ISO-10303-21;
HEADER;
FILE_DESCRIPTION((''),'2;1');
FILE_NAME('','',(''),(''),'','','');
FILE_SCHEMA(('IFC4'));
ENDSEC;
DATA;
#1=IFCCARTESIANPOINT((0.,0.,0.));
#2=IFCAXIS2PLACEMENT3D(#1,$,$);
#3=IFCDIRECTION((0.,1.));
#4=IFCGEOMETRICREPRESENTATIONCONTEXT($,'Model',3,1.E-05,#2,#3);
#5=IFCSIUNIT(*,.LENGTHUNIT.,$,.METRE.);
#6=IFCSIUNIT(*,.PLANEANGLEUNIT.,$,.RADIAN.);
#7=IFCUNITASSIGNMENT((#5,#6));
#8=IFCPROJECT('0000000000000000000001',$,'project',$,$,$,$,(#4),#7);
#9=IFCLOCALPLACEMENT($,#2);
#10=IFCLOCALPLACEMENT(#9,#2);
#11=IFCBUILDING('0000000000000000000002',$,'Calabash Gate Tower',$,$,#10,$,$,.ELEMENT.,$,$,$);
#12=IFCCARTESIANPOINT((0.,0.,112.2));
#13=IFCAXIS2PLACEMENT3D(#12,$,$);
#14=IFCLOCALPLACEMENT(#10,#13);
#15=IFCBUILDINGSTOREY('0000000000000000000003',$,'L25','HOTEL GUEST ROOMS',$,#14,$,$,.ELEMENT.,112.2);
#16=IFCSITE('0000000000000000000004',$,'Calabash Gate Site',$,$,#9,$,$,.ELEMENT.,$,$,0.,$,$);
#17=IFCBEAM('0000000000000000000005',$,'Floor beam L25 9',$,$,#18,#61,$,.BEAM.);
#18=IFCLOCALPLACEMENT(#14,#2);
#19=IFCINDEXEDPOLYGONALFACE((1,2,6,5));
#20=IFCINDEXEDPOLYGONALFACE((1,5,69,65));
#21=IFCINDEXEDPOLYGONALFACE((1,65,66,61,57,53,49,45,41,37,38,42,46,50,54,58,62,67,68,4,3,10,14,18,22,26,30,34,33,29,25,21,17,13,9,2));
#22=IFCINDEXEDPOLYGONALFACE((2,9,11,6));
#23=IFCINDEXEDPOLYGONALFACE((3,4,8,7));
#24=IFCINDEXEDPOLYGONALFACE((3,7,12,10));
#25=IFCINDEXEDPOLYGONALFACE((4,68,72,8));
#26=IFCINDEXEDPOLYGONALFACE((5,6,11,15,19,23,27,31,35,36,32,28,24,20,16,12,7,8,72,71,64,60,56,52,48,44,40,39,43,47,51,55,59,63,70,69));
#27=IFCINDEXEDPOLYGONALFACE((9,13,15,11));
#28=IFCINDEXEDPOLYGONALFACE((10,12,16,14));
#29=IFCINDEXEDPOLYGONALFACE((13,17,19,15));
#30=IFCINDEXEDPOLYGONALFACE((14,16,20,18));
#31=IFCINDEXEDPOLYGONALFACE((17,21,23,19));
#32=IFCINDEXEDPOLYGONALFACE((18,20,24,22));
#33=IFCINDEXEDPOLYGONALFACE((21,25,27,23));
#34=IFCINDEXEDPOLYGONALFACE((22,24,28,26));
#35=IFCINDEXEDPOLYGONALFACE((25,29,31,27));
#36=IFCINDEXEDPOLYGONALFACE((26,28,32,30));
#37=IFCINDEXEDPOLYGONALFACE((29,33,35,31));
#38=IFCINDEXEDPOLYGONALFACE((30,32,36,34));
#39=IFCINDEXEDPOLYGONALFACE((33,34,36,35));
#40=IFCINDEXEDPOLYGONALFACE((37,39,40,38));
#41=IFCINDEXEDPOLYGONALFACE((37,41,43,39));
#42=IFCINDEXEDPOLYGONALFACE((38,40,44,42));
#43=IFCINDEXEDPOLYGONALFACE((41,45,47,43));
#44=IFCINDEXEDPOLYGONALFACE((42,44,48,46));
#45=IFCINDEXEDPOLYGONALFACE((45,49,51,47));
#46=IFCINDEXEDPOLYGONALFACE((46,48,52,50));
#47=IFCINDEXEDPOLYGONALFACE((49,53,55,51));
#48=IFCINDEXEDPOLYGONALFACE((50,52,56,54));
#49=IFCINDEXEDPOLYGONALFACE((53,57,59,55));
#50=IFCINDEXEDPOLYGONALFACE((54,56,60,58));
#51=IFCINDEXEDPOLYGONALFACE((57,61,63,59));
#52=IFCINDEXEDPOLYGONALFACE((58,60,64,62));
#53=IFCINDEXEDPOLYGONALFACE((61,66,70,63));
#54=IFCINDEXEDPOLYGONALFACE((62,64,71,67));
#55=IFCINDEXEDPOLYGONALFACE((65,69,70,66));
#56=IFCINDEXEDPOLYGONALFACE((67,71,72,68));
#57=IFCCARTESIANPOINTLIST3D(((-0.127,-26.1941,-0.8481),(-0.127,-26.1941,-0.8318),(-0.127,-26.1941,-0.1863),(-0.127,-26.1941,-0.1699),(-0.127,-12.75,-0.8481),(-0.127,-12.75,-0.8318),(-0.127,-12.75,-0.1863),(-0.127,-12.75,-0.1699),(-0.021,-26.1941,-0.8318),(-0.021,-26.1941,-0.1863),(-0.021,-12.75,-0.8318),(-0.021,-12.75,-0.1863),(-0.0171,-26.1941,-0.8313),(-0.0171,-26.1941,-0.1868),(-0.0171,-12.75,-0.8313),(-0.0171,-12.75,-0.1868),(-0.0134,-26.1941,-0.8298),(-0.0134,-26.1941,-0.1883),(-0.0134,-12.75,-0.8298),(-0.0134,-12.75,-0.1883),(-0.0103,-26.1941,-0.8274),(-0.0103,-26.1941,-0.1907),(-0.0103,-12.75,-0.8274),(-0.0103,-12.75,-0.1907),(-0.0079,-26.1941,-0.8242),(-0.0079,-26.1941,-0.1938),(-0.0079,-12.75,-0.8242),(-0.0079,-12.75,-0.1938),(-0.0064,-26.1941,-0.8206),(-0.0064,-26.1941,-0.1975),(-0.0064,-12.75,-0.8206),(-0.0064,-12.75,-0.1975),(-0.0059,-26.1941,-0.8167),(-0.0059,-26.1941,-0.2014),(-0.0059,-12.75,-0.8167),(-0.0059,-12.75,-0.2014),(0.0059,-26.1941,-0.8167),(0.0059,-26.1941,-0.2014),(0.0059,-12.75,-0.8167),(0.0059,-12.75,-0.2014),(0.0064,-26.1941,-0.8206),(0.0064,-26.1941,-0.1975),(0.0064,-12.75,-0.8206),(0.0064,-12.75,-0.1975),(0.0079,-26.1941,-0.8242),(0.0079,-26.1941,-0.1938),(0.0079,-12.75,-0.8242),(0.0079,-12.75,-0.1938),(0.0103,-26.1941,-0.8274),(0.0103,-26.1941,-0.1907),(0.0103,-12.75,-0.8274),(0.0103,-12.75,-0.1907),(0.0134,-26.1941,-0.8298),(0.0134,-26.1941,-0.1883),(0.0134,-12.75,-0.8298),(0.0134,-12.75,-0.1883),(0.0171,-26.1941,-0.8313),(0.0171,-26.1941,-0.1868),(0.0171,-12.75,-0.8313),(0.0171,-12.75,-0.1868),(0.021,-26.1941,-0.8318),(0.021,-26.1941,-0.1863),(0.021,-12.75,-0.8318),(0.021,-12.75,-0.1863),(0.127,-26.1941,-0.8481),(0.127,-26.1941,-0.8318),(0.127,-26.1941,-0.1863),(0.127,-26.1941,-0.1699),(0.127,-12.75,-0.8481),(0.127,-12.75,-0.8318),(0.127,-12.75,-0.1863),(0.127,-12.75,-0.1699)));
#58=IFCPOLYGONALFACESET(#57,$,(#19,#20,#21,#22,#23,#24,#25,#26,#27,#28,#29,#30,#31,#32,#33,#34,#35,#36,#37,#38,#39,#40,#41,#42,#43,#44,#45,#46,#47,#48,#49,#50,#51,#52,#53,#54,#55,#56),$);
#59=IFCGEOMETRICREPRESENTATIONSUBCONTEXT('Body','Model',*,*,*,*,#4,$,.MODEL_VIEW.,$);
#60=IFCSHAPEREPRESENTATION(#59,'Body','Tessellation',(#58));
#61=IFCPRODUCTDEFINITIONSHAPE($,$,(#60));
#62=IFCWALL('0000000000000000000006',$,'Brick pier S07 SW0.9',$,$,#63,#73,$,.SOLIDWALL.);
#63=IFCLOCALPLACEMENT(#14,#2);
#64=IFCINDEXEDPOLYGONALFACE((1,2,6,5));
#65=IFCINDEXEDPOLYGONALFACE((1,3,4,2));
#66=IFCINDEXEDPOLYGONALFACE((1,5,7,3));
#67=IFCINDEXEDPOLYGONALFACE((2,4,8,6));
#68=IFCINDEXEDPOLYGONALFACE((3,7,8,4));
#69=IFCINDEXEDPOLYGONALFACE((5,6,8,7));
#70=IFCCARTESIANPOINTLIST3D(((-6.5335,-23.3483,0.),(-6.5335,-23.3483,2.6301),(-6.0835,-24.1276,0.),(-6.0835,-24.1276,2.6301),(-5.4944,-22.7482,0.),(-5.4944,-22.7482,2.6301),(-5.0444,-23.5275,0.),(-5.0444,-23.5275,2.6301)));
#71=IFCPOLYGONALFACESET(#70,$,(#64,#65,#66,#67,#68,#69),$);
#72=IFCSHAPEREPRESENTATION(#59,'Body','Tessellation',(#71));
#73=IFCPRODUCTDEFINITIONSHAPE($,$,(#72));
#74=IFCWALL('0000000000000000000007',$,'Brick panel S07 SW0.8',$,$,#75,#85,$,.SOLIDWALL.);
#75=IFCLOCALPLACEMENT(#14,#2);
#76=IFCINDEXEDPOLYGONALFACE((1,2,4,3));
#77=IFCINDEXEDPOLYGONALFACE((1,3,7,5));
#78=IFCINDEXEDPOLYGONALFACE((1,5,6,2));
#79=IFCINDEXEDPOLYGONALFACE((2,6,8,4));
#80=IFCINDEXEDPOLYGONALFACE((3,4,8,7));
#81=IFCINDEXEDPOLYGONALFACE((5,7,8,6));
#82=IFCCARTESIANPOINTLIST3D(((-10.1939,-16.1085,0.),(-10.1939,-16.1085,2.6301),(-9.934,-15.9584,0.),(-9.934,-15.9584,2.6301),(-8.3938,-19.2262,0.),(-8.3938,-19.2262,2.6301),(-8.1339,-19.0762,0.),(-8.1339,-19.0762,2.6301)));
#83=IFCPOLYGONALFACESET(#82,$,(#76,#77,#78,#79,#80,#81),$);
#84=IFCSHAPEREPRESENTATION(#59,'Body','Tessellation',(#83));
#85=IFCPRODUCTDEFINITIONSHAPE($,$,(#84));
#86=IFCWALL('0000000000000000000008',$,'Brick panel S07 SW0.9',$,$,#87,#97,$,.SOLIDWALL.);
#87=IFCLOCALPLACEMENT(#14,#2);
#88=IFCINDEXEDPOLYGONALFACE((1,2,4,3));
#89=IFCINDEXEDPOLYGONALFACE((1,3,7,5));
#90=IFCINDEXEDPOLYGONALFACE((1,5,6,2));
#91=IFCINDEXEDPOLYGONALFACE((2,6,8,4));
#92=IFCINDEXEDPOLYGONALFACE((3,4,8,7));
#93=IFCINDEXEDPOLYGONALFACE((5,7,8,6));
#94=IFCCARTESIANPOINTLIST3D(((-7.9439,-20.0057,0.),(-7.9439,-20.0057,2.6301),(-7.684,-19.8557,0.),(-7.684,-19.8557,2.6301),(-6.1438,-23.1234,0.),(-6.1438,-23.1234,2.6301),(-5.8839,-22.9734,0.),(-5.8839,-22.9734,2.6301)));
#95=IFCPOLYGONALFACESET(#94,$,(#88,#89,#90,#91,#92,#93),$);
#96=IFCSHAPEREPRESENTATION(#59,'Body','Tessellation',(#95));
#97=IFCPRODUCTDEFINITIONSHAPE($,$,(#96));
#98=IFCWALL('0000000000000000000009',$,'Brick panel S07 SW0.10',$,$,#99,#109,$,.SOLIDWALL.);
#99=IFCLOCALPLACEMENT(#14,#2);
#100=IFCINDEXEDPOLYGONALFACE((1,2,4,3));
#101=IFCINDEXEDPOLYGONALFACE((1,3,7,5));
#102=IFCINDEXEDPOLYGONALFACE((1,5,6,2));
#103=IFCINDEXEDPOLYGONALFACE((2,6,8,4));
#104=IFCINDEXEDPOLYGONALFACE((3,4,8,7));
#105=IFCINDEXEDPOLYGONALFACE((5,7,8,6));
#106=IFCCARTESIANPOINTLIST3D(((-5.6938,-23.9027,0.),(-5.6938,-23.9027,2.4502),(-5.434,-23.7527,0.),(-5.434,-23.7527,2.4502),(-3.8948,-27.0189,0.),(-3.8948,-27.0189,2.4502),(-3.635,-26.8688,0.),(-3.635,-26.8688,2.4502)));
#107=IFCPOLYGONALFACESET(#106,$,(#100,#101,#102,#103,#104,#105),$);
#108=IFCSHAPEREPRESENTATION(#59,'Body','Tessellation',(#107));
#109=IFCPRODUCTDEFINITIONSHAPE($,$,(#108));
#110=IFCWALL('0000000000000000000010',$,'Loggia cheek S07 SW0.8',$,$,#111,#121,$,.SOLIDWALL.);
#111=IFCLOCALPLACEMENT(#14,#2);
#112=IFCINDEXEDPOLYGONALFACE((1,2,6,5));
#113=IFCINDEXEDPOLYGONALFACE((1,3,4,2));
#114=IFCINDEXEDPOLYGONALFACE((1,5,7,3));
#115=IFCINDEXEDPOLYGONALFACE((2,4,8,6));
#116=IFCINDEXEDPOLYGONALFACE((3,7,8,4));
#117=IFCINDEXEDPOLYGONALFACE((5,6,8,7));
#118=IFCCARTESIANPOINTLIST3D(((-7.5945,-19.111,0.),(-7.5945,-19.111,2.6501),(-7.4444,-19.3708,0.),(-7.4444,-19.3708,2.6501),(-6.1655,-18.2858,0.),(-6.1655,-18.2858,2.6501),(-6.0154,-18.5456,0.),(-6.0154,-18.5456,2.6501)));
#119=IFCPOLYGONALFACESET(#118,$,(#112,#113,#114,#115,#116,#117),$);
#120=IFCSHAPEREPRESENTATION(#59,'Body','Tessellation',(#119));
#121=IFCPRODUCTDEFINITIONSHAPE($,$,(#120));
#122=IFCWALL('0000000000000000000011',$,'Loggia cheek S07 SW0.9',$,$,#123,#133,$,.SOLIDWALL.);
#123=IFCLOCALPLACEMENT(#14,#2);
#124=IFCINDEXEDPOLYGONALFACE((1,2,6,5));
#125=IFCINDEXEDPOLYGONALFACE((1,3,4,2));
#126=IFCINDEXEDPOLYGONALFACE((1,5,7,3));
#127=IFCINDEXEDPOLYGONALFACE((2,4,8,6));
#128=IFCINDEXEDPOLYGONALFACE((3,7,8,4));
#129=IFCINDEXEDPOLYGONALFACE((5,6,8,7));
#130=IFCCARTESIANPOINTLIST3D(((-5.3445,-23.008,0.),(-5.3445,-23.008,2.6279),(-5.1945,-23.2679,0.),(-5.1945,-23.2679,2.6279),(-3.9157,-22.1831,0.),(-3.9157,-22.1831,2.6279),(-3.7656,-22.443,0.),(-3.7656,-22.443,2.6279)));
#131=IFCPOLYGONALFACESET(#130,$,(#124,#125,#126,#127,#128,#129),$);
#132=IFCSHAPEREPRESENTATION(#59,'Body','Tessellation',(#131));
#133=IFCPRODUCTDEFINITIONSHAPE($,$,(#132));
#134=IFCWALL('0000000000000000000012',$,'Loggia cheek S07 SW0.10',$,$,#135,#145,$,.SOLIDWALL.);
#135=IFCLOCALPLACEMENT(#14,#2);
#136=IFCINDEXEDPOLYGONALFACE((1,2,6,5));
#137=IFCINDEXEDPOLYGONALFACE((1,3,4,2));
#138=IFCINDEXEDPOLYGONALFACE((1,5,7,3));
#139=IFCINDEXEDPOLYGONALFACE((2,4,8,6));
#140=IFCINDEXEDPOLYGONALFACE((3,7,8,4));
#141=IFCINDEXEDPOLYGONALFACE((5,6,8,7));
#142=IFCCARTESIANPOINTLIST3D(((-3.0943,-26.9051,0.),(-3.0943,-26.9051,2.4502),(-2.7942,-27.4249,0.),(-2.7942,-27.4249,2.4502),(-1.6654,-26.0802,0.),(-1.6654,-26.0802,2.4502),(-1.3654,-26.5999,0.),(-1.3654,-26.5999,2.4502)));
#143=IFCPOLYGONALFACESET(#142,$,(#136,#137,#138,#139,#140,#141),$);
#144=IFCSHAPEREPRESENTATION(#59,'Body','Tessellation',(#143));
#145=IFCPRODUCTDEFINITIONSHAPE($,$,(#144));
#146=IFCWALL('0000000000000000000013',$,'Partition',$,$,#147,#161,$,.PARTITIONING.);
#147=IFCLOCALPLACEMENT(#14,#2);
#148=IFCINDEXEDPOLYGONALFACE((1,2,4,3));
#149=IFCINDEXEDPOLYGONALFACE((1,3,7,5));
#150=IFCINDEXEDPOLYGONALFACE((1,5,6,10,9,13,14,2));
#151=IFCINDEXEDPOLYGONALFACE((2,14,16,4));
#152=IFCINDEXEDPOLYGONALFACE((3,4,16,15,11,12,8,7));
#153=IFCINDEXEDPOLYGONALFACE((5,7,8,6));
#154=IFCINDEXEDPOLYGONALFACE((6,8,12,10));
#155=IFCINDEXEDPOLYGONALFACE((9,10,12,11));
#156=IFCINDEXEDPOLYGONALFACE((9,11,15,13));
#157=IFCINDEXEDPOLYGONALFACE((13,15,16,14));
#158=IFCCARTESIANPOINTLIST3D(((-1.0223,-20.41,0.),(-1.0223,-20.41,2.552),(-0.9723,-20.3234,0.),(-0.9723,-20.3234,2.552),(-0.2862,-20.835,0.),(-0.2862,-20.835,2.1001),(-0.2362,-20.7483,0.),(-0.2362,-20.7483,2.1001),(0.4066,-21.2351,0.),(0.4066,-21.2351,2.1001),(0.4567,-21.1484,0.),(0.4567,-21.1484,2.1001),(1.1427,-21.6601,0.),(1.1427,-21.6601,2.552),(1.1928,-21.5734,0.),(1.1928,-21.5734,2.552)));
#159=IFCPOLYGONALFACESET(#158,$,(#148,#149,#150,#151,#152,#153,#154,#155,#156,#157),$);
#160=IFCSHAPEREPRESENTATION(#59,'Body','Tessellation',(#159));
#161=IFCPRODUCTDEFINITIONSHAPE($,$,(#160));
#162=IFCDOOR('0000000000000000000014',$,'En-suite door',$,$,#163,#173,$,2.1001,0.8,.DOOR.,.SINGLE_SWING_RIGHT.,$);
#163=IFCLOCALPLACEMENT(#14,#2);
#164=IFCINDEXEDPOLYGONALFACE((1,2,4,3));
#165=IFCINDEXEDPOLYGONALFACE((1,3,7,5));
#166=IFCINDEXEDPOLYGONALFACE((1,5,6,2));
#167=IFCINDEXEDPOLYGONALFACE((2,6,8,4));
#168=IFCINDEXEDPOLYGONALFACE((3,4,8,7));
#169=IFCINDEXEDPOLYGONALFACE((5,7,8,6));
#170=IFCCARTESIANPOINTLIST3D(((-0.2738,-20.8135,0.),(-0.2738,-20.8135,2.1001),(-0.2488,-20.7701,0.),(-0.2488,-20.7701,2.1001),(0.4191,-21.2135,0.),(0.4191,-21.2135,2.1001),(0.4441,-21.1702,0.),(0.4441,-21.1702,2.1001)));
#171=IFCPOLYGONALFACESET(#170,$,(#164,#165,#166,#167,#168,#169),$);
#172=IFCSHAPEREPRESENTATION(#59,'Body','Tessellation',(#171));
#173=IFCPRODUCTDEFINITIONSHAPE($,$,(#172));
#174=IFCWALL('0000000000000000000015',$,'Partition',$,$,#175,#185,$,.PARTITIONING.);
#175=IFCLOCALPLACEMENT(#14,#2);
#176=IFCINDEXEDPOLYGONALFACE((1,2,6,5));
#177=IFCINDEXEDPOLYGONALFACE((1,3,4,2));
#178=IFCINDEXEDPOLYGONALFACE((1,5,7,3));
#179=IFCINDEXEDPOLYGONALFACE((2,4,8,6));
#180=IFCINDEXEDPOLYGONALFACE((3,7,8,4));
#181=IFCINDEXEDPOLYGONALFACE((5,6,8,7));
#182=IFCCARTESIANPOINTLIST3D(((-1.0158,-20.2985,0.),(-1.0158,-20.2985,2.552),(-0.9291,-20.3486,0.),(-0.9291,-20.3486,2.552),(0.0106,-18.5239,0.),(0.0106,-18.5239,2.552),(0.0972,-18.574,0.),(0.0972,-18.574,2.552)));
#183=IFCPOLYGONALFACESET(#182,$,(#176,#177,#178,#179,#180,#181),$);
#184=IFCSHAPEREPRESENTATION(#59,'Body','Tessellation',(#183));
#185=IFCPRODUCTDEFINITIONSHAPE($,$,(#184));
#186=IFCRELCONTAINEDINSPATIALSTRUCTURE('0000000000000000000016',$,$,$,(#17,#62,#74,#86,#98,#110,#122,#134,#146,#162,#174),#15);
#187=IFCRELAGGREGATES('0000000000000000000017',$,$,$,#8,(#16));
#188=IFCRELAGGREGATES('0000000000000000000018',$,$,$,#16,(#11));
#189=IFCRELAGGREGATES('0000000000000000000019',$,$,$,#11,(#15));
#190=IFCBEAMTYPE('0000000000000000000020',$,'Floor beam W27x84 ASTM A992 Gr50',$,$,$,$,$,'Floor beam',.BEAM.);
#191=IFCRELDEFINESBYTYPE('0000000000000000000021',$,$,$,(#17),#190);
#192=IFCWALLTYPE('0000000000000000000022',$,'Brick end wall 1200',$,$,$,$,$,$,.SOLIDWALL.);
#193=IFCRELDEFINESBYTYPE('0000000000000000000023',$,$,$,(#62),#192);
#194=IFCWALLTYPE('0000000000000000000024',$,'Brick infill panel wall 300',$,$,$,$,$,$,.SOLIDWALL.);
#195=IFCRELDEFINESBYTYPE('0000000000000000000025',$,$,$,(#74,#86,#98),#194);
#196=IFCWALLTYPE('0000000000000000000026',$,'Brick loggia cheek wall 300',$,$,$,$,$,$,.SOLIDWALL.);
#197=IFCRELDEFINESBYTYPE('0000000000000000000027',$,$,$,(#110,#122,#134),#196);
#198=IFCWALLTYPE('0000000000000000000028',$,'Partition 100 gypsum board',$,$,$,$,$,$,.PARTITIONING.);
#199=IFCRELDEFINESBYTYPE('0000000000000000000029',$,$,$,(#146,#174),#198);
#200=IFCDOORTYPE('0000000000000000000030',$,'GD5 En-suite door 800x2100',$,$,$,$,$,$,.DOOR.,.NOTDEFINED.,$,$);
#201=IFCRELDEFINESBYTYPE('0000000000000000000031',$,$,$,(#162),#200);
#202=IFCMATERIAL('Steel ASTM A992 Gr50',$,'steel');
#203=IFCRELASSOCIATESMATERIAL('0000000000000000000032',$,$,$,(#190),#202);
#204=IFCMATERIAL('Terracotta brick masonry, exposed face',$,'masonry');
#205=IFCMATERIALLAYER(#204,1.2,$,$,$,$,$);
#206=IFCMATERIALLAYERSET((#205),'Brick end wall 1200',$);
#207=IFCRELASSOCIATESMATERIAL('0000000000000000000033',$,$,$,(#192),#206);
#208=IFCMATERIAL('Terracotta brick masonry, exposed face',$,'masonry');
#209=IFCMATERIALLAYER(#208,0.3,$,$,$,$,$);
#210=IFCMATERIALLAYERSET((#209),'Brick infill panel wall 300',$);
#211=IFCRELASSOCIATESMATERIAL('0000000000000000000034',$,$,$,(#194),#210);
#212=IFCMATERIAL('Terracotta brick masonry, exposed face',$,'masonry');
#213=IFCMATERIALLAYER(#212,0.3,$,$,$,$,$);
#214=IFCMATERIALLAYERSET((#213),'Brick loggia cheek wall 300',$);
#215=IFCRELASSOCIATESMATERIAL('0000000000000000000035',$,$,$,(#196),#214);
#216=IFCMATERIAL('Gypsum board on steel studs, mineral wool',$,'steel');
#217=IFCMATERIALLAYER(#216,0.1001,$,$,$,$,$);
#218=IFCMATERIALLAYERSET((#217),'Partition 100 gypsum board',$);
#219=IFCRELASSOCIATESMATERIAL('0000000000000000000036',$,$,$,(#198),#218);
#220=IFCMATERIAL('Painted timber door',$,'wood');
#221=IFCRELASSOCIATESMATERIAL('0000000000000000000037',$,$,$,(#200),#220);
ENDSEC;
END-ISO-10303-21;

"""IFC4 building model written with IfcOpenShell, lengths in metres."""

from ifc_helpers import new_model, si_unit, direction, frame, frame_2d, origin, origin_2d, place, context, subcontext, project, spatial, rectangle, i_section, extrude, material, layer, layer_set, material_profile, profile_set, type_object, element, fill, save


model = new_model("IFC4")

# Units and contexts
model_context = context("Model", 3, precision=1e-05, world=origin(), true_north=direction((0.0, 1.0)))
body_context = subcontext(model_context, "Body", "Model", "MODEL_VIEW")
ifc_project = project(units=[si_unit("LENGTHUNIT", "METRE"), si_unit("PLANEANGLEUNIT", "RADIAN")], contexts=[model_context])

# Site, building, storey
site_placement = place(None, origin())
site = spatial("IfcSite", under=ifc_project, at=site_placement, Name="Calabash Gate Site", CompositionType="ELEMENT", RefElevation=0.0)
building_placement = place(site_placement, origin())
building = spatial("IfcBuilding", under=site, at=building_placement, Name="Calabash Gate Tower", CompositionType="ELEMENT")
storey_placement = place(building_placement, frame((0.0, 0.0, 112.2)))
storey = spatial("IfcBuildingStorey", under=building, at=storey_placement, Name="L25", Description="HOTEL GUEST ROOMS", CompositionType="ELEMENT", Elevation=112.2)

# Beam
ifc_material_1 = material(Name="Steel ASTM A992 Gr50", Category="steel")
ifc_material_profile_1 = material_profile(ifc_material_1, i_section(OverallWidth=0.2539, OverallDepth=0.6782, WebThickness=0.0117, FlangeThickness=0.0164, FilletRadius=0.0151, at=origin_2d()))
ifc_profile_set_1 = profile_set([ifc_material_profile_1], Name="Steel ASTM A992 Gr50")
beam_type_1 = type_object("IfcBeamType", Name="Floor beam W27x84 ASTM A992 Gr50", ElementType="Floor beam", PredefinedType="BEAM", material=ifc_profile_set_1)
beam_1_placement = place(storey_placement, frame((0.0, -26.1941, -0.509), z_axis=(0.0, 1.0, 0.0), x_axis=(-1.0, 0.0, 0.0)))
element("IfcBeam", 1, at=beam_1_placement, inside=storey, type_object=beam_type_1, Name="Floor beam L25 9", PredefinedType="BEAM", context=body_context, shape_type="SweptSolid", body=[
    extrude(i_section(OverallWidth=0.2539, OverallDepth=0.6782, WebThickness=0.0117, FlangeThickness=0.0164, FilletRadius=0.0151, at=origin_2d()), origin(), (0.0, 0.0, 1.0), 13.4441),
])

# Walls
ifc_material_2 = material(Name="Terracotta brick masonry, exposed face", Category="masonry")
ifc_layer_1 = layer(ifc_material_2, 1.2)
ifc_layer_set_1 = layer_set([ifc_layer_1], Name="Brick end wall 1200")
wall_type_1 = type_object("IfcWallType", Name="Brick end wall 1200", PredefinedType="SOLIDWALL", material=ifc_layer_set_1)
wall_1_placement = place(storey_placement, frame((-6.3086, -23.738, 0.0), z_axis=(0.0, 0.0, 1.0), x_axis=(0.865955, 0.500122, 0.0)))
element("IfcWall", 2, at=wall_1_placement, inside=storey, type_object=wall_type_1, Name="Brick pier S07 SW0.9", PredefinedType="SOLIDWALL", context=body_context, shape_type="SweptSolid", body=[
    extrude(rectangle(XDim=1.2, YDim=0.8999, at=frame_2d((0.6001, 0.0))), origin(), (0.0, 0.0, 1.0), 2.6301),
])
ifc_material_3 = material(Name="Terracotta brick masonry, exposed face", Category="masonry")
ifc_layer_2 = layer(ifc_material_3, 0.3)
ifc_layer_set_2 = layer_set([ifc_layer_2], Name="Brick infill panel wall 300")
wall_type_2 = type_object("IfcWallType", Name="Brick infill panel wall 300", PredefinedType="SOLIDWALL", material=ifc_layer_set_2)
for number, where, z_axis, x_axis, name in (
    (3, (-10.064, -16.0334, 0.0), (0.0, 0.0, 1.0), (0.500012, -0.866018, 0.0), "Brick panel S07 SW0.8"),
    (4, (-7.814, -19.9307, 0.0), (0.0, 0.0, 1.0), (0.500012, -0.866018, 0.0), "Brick panel S07 SW0.9"),
):
    element("IfcWall", number, at=place(storey_placement, frame(where, z_axis=z_axis, x_axis=x_axis)), inside=storey, type_object=wall_type_2, Name=name, PredefinedType="SOLIDWALL", context=body_context, shape_type="SweptSolid", body=[
        extrude(rectangle(XDim=3.6001, YDim=0.3, at=frame_2d((1.8, 0.0))), origin(), (0.0, 0.0, 1.0), 2.6301),
    ])
wall_2_placement = place(storey_placement, frame((-3.7649, -26.9438, 0.0), z_axis=(0.0, 0.0, 1.0), x_axis=(-0.499985, 0.866034, 0.0)))
element("IfcWall", 5, at=wall_2_placement, inside=storey, type_object=wall_type_2, Name="Brick panel S07 SW0.10", PredefinedType="SOLIDWALL", context=body_context, shape_type="SweptSolid", body=[
    extrude(rectangle(XDim=3.5981, YDim=0.3, at=frame_2d((1.7991, 0.0))), origin(), (0.0, 0.0, 1.0), 2.4502),
])
ifc_material_4 = material(Name="Terracotta brick masonry, exposed face", Category="masonry")
ifc_layer_3 = layer(ifc_material_4, 0.3)
ifc_layer_set_3 = layer_set([ifc_layer_3], Name="Brick loggia cheek wall 300")
wall_type_3 = type_object("IfcWallType", Name="Brick loggia cheek wall 300", PredefinedType="SOLIDWALL", material=ifc_layer_set_3)
wall_3_placement = place(storey_placement, frame((-7.5195, -19.241, 0.0), z_axis=(0.0, 0.0, 1.0), x_axis=(0.865976, 0.500085, 0.0)))
element("IfcWall", 6, at=wall_3_placement, inside=storey, type_object=wall_type_3, Name="Loggia cheek S07 SW0.8", PredefinedType="SOLIDWALL", context=body_context, shape_type="SweptSolid", body=[
    extrude(rectangle(XDim=1.6501, YDim=0.3, at=frame_2d((0.8252, 0.0))), origin(), (0.0, 0.0, 1.0), 2.6501),
])
wall_4_placement = place(storey_placement, frame((-5.2695, -23.1379, 0.0), z_axis=(0.0, 0.0, 1.0), x_axis=(0.86604, 0.499974, 0.0)))
element("IfcWall", 7, at=wall_4_placement, inside=storey, type_object=wall_type_3, Name="Loggia cheek S07 SW0.9", PredefinedType="SOLIDWALL", context=body_context, shape_type="SweptSolid", body=[
    extrude(rectangle(XDim=1.6499, YDim=0.3, at=frame_2d((0.825, 0.0))), origin(), (0.0, 0.0, 1.0), 2.6279),
])
wall_5_placement = place(storey_placement, frame((-1.5154, -26.3401, 0.0), z_axis=(0.0, 0.0, 1.0), x_axis=(-0.86604, -0.499974, 0.0)))
element("IfcWall", 8, at=wall_5_placement, inside=storey, type_object=wall_type_3, Name="Loggia cheek S07 SW0.10", PredefinedType="SOLIDWALL", context=body_context, shape_type="SweptSolid", body=[
    extrude(rectangle(XDim=1.6499, YDim=0.6001, at=frame_2d((0.825, 0.0))), origin(), (0.0, 0.0, 1.0), 2.4502),
])

# Wall, opening, door
ifc_material_5 = material(Name="Gypsum board on steel studs, mineral wool", Category="steel")
ifc_layer_4 = layer(ifc_material_5, 0.1001)
ifc_layer_set_4 = layer_set([ifc_layer_4], Name="Partition 100 gypsum board")
wall_type_4 = type_object("IfcWallType", Name="Partition 100 gypsum board", PredefinedType="PARTITIONING", material=ifc_layer_set_4)
wall_6_placement = place(storey_placement, frame((-0.9973, -20.3667, 0.0), z_axis=(0.0, 0.0, 1.0), x_axis=(0.866023, -0.500004, 0.0)))
wall_6 = element("IfcWall", 9, at=wall_6_placement, inside=storey, type_object=wall_type_4, Name="Partition", PredefinedType="PARTITIONING", context=body_context, shape_type="SweptSolid", body=[
    extrude(rectangle(XDim=2.5, YDim=0.1001, at=frame_2d((1.25, 0.0))), origin(), (0.0, 0.0, 1.0), 2.552),
])
opening_placement = place(wall_6_placement, frame((0.8501, 0.0, 0.0)))
opening = element("IfcOpeningElement", 10, at=opening_placement, cuts=wall_6, PredefinedType="OPENING", context=body_context, shape_type="SweptSolid", body=[
    extrude(rectangle(XDim=0.8, YDim=2.1001, at=frame_2d((0.3999, 1.05))), frame((0.0, 0.0601, 0.0), z_axis=(0.0, -1.0, 0.0), x_axis=(1.0, 0.0, 0.0)), (0.0, 0.0, 1.0), 0.1201),
])
ifc_material_6 = material(Name="Painted timber door", Category="wood")
door_type = type_object("IfcDoorType", Name="GD5 En-suite door 800x2100", OperationType="NOTDEFINED", PredefinedType="DOOR", material=ifc_material_6)
door_placement = place(opening_placement, origin())
door = element("IfcDoor", 11, at=door_placement, inside=storey, type_object=door_type, Name="En-suite door", OperationType="SINGLE_SWING_RIGHT", OverallHeight=2.1001, OverallWidth=0.8, PredefinedType="DOOR", context=body_context, shape_type="SweptSolid", body=[
    extrude(rectangle(XDim=0.8, YDim=2.1001, at=frame_2d((0.3999, 1.05))), frame((0.0, 0.0249, 0.0), z_axis=(0.0, -1.0, 0.0), x_axis=(1.0, 0.0, 0.0)), (0.0, 0.0, 1.0), 0.05),
])
fill(opening, door)

# Wall
wall_7_placement = place(storey_placement, frame((-0.9724, -20.3235, 0.0), z_axis=(0.0, 0.0, 1.0), x_axis=(0.500647, 0.865652, 0.0)))
element("IfcWall", 12, at=wall_7_placement, inside=storey, type_object=wall_type_4, Name="Partition", PredefinedType="PARTITIONING", context=body_context, shape_type="SweptSolid", body=[
    extrude(rectangle(XDim=2.05, YDim=0.1001, at=frame_2d((1.0249, 0.0))), origin(), (0.0, 0.0, 1.0), 2.552),
])

save(model, "model.ifc")
